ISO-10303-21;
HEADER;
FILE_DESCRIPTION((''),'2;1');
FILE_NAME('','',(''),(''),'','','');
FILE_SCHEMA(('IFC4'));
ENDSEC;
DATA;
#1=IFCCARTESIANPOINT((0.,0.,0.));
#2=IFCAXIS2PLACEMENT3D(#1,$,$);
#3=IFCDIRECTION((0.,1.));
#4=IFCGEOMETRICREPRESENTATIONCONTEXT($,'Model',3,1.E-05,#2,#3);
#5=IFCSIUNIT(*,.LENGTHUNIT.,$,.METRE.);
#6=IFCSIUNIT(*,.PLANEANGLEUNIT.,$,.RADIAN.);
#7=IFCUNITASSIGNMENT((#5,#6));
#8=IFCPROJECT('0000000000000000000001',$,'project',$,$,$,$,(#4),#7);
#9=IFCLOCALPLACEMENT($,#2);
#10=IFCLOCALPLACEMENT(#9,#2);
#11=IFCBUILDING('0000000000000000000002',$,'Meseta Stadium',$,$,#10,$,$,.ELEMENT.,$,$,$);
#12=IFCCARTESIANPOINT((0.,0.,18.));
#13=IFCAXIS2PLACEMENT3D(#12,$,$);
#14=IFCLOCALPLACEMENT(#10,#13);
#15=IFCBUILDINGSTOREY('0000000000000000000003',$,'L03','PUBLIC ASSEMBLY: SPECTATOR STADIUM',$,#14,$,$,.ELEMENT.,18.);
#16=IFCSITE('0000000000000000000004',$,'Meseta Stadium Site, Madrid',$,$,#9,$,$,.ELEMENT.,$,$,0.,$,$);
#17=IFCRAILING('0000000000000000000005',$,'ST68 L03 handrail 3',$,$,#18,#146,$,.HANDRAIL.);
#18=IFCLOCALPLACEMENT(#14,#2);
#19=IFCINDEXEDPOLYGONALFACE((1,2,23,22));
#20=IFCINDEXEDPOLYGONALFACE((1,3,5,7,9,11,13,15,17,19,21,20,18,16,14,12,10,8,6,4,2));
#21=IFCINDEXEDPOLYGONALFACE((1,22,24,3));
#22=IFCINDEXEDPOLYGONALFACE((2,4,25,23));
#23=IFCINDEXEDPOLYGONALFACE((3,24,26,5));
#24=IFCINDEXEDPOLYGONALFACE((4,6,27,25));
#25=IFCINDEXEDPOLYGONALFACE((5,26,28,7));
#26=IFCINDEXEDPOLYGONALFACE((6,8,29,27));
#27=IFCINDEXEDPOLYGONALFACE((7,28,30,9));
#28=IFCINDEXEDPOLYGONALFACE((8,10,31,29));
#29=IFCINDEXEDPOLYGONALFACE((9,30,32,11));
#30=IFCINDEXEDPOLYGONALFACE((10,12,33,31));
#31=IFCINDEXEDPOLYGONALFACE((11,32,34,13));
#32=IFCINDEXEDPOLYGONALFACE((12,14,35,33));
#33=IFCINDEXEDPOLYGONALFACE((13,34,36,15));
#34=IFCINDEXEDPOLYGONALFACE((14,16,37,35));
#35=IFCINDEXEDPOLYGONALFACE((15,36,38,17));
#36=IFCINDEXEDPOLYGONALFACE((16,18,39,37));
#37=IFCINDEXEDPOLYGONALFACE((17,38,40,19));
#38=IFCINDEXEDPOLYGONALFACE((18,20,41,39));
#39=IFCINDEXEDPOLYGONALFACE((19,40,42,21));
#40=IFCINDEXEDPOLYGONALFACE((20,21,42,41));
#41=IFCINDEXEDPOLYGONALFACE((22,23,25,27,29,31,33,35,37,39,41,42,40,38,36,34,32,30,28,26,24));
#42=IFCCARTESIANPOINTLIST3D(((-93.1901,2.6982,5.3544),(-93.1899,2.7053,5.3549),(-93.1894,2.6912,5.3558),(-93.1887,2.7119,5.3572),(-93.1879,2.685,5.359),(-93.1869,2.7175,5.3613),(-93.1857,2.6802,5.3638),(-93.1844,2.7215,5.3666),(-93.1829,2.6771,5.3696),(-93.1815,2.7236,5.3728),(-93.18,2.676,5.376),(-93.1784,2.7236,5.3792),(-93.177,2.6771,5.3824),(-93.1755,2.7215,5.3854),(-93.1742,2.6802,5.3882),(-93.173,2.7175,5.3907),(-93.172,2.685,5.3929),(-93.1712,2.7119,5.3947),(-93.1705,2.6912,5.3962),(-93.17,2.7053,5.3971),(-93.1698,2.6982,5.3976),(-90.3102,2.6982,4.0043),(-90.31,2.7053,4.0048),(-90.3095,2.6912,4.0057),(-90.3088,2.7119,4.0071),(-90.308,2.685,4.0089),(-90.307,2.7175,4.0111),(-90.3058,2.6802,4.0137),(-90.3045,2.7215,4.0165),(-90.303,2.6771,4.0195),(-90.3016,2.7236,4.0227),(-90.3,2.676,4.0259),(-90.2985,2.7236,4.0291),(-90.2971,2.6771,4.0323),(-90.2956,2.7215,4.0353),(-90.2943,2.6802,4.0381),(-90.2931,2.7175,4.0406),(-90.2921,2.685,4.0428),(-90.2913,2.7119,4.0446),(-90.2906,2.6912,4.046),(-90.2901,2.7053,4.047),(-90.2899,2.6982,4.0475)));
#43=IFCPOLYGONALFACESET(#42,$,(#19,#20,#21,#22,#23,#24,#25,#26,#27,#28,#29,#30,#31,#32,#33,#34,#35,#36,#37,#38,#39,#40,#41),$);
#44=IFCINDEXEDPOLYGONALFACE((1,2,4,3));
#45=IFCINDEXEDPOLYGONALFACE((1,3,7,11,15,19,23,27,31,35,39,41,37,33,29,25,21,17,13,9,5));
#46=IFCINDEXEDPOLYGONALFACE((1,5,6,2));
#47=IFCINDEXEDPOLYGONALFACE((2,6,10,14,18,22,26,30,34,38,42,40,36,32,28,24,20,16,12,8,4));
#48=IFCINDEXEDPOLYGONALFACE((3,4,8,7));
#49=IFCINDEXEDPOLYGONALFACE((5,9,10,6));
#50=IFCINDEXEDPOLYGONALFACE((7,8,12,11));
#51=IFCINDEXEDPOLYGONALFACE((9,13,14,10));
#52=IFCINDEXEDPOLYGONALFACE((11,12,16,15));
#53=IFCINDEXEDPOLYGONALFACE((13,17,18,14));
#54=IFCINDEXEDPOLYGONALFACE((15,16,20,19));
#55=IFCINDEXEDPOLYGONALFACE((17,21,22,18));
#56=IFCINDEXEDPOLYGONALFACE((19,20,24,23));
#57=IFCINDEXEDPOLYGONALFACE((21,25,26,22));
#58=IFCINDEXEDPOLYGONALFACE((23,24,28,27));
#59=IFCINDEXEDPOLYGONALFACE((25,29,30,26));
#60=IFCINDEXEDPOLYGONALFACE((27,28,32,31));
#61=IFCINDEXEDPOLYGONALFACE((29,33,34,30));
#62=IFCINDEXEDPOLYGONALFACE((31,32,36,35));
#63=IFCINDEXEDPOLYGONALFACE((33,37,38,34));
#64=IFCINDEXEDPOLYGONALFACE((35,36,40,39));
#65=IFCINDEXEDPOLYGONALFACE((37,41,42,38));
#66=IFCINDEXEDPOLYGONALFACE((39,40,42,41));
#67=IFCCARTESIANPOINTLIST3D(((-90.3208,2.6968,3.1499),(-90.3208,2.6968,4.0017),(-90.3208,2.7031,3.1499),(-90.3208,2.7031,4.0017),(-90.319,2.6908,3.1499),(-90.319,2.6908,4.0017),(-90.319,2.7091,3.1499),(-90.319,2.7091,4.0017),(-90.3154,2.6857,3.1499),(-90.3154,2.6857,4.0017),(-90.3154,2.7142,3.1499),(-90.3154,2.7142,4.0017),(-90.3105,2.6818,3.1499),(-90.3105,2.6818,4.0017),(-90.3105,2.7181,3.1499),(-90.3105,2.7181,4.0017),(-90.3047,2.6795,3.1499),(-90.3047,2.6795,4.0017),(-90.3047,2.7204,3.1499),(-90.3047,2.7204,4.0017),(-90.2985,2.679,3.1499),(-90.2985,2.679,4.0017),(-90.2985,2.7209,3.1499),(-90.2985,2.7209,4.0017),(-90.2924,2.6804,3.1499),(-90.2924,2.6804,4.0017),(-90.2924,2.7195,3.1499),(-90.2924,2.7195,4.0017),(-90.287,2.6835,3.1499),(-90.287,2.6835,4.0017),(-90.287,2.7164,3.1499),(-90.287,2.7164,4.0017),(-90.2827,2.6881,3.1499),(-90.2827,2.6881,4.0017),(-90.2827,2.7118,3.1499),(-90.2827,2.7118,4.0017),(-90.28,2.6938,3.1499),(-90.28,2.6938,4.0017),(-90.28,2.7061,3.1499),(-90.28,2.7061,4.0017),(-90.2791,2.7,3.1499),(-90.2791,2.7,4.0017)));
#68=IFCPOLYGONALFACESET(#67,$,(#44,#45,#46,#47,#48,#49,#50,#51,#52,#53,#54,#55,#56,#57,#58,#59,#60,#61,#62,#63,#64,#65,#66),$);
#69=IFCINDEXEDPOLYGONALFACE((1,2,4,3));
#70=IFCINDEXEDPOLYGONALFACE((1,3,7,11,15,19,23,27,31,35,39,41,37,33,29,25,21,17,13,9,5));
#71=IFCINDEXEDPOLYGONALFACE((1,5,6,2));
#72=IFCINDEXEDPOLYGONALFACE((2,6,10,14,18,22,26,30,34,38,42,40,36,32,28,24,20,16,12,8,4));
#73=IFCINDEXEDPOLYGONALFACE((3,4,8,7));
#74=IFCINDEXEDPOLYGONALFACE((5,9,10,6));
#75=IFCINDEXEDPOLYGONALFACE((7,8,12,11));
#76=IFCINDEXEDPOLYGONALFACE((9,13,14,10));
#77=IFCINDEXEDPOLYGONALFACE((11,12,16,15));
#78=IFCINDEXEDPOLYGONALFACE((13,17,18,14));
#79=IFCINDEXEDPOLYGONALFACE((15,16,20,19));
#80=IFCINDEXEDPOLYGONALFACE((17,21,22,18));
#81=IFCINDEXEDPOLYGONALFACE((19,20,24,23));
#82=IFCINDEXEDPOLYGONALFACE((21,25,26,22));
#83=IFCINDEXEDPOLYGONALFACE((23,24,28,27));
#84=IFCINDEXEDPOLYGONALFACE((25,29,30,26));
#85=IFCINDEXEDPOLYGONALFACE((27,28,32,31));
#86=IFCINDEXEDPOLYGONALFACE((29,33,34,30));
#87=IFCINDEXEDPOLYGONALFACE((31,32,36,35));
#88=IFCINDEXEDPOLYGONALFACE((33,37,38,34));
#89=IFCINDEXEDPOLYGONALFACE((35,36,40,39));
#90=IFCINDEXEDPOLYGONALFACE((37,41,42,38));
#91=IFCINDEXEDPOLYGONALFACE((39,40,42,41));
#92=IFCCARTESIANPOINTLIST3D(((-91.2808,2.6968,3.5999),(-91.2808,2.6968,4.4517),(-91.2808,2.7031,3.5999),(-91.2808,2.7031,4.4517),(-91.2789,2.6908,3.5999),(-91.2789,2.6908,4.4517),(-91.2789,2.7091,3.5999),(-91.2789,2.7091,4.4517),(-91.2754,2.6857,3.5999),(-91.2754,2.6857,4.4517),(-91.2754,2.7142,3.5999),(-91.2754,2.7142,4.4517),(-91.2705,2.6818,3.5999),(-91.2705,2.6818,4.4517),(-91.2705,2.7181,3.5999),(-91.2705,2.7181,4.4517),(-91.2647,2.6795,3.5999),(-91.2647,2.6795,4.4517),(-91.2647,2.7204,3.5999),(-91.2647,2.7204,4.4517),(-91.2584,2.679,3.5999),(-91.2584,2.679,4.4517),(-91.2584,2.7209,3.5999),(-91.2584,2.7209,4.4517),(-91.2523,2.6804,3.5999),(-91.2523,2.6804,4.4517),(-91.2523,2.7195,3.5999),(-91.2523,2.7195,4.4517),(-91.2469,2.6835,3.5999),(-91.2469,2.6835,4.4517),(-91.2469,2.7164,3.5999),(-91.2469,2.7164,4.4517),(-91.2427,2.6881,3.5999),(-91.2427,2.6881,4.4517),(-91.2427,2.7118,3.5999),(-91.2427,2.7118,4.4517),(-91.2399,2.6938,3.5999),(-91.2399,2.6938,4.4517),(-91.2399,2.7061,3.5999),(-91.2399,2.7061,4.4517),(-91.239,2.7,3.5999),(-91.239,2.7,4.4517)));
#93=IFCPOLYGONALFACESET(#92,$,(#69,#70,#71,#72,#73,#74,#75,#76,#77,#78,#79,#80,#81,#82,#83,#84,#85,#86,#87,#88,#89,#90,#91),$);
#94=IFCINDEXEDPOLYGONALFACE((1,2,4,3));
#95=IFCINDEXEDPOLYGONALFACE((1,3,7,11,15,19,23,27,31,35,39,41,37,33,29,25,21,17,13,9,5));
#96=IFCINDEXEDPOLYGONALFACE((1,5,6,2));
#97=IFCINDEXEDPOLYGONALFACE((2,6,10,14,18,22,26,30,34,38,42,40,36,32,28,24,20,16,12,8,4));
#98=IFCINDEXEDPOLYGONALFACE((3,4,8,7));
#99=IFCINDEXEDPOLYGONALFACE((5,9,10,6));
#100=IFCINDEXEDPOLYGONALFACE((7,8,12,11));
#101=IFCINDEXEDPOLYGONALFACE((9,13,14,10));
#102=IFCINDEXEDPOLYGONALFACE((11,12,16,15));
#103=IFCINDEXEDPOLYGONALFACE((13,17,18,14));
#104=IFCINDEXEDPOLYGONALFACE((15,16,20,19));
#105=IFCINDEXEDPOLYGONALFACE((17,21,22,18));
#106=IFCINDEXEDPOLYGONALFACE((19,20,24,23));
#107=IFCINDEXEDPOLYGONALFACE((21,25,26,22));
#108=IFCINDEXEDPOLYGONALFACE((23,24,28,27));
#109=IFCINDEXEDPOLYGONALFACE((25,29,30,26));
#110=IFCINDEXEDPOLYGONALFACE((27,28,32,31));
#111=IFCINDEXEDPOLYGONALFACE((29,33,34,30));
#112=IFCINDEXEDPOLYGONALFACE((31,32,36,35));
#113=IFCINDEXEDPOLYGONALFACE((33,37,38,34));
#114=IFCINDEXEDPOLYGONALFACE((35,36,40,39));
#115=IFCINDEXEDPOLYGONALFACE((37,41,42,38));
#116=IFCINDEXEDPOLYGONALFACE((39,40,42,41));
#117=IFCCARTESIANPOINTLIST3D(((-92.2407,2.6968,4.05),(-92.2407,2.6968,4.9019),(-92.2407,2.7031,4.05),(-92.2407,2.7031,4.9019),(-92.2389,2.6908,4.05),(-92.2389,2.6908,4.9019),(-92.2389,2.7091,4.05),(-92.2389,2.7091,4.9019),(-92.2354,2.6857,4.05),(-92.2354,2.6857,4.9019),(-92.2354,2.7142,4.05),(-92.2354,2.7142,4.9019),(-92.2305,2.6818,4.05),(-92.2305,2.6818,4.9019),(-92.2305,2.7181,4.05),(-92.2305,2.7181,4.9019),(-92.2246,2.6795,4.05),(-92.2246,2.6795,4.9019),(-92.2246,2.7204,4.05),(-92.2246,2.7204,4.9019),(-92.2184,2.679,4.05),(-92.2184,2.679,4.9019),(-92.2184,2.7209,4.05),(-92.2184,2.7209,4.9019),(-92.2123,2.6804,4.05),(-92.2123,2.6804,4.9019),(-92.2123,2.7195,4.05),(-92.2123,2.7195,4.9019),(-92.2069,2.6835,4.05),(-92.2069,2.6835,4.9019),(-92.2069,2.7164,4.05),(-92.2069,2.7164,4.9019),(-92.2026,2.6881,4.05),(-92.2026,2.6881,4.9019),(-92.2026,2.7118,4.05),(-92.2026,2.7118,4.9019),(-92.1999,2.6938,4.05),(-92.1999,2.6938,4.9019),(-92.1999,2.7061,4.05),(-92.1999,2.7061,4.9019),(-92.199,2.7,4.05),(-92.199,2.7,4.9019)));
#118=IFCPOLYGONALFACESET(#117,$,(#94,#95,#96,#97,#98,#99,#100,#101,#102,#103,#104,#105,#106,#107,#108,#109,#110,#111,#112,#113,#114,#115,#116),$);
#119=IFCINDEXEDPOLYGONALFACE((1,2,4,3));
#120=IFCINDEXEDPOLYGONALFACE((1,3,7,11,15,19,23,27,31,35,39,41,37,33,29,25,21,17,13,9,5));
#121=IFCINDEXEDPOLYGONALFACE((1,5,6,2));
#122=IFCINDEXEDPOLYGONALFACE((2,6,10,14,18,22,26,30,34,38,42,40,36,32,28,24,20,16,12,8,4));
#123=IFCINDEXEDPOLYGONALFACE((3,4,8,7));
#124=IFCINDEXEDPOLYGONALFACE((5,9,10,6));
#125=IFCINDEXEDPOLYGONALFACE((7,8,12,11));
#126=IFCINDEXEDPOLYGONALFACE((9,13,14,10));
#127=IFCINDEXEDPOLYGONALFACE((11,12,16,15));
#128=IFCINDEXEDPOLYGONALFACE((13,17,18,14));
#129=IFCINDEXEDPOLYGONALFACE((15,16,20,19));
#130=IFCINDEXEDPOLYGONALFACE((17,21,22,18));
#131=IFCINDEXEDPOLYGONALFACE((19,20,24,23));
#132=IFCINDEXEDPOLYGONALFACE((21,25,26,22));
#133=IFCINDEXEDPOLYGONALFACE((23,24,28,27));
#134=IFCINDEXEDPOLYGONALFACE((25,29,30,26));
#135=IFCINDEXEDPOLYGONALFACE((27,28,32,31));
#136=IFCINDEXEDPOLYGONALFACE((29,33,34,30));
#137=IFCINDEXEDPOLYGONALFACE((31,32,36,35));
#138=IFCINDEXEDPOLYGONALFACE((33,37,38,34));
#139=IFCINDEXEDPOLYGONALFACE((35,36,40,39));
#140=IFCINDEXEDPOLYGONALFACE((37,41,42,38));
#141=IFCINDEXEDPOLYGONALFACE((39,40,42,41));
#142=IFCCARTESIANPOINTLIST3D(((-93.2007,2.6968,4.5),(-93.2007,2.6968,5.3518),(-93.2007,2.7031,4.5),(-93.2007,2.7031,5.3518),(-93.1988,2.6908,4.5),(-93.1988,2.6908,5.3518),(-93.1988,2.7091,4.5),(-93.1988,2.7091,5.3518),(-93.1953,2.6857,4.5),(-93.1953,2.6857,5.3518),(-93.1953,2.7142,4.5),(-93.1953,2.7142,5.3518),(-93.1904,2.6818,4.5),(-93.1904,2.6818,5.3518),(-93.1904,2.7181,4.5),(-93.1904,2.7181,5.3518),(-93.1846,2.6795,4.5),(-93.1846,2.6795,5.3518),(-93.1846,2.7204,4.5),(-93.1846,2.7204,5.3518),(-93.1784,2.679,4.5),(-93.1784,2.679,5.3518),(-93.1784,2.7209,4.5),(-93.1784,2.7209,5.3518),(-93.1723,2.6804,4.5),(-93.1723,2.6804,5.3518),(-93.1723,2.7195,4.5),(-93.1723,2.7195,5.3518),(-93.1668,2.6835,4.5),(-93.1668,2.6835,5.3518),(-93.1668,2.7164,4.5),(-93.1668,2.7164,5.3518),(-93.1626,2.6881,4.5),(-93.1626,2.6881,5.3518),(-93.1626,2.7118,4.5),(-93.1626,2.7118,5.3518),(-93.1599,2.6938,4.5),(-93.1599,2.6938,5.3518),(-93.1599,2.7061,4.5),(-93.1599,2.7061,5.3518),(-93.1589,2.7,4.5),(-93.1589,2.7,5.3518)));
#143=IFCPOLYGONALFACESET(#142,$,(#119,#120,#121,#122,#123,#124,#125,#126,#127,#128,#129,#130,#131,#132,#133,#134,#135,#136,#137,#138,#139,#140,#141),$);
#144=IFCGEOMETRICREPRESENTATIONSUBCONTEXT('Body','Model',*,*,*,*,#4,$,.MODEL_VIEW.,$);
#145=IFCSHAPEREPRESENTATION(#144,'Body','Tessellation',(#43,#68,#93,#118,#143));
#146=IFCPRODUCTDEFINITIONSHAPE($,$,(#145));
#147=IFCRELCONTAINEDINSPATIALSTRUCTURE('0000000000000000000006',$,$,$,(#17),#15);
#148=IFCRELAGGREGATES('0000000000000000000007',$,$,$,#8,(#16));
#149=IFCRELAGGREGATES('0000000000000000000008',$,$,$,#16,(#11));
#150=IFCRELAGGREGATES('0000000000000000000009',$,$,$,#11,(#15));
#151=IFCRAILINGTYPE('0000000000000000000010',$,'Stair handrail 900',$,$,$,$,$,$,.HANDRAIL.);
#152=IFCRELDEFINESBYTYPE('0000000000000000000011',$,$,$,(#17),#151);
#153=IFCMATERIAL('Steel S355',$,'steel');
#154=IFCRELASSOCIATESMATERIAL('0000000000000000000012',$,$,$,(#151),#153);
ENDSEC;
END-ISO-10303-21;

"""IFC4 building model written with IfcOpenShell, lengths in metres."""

from ifc_helpers import new_model, si_unit, direction, frame, origin, origin_2d, place, context, subcontext, project, spatial, circle, extrude, material, type_object, element, save


model = new_model("IFC4")

# Units and contexts
model_context = context("Model", 3, precision=1e-05, world=origin(), true_north=direction((0.0, 1.0)))
body_context = subcontext(model_context, "Body", "Model", "MODEL_VIEW")
ifc_project = project(units=[si_unit("LENGTHUNIT", "METRE"), si_unit("PLANEANGLEUNIT", "RADIAN")], contexts=[model_context])

# Site, building, storey
site_placement = place(None, origin())
site = spatial("IfcSite", under=ifc_project, at=site_placement, Name="Meseta Stadium Site, Madrid", CompositionType="ELEMENT", RefElevation=0.0)
building_placement = place(site_placement, origin())
building = spatial("IfcBuilding", under=site, at=building_placement, Name="Meseta Stadium", CompositionType="ELEMENT")
storey_placement = place(building_placement, frame((0.0, 0.0, 18.0)))
storey = spatial("IfcBuildingStorey", under=building, at=storey_placement, Name="L03", Description="PUBLIC ASSEMBLY: SPECTATOR STADIUM", CompositionType="ELEMENT", Elevation=18.0)

# Railing
ifc_material_1 = material(Name="Steel S355", Category="steel")
railing_type_1 = type_object("IfcRailingType", Name="Stair handrail 900", PredefinedType="HANDRAIL", material=ifc_material_1)
for number, where, name in (
    (1, (-90.3, 2.7, 3.1499), "ST68 L03 handrail 3"),
):
    element("IfcRailing", number, at=place(storey_placement, frame(where)), inside=storey, type_object=railing_type_1, Name=name, PredefinedType="HANDRAIL", context=body_context, shape_type="SweptSolid", body=[
        extrude(circle(Radius=0.0239, at=origin_2d()), frame((0.0, 0.0, 0.876), z_axis=(-0.90544, 0.0, 0.424473), x_axis=(0.0, -1.0, 0.0)), (0.0, 0.0, 1.0), 3.1807),
        extrude(circle(Radius=0.021, at=origin_2d()), origin(), (0.0, 0.0, 1.0), 0.8518),
        extrude(circle(Radius=0.021, at=origin_2d()), frame((-0.96, 0.0, 0.45)), (0.0, 0.0, 1.0), 0.8518),
        extrude(circle(Radius=0.021, at=origin_2d()), frame((-1.9199, 0.0, 0.9001)), (0.0, 0.0, 1.0), 0.8518),
        extrude(circle(Radius=0.021, at=origin_2d()), frame((-2.8799, 0.0, 1.3501)), (0.0, 0.0, 1.0), 0.8518),
    ])

save(model, "model.ifc")
